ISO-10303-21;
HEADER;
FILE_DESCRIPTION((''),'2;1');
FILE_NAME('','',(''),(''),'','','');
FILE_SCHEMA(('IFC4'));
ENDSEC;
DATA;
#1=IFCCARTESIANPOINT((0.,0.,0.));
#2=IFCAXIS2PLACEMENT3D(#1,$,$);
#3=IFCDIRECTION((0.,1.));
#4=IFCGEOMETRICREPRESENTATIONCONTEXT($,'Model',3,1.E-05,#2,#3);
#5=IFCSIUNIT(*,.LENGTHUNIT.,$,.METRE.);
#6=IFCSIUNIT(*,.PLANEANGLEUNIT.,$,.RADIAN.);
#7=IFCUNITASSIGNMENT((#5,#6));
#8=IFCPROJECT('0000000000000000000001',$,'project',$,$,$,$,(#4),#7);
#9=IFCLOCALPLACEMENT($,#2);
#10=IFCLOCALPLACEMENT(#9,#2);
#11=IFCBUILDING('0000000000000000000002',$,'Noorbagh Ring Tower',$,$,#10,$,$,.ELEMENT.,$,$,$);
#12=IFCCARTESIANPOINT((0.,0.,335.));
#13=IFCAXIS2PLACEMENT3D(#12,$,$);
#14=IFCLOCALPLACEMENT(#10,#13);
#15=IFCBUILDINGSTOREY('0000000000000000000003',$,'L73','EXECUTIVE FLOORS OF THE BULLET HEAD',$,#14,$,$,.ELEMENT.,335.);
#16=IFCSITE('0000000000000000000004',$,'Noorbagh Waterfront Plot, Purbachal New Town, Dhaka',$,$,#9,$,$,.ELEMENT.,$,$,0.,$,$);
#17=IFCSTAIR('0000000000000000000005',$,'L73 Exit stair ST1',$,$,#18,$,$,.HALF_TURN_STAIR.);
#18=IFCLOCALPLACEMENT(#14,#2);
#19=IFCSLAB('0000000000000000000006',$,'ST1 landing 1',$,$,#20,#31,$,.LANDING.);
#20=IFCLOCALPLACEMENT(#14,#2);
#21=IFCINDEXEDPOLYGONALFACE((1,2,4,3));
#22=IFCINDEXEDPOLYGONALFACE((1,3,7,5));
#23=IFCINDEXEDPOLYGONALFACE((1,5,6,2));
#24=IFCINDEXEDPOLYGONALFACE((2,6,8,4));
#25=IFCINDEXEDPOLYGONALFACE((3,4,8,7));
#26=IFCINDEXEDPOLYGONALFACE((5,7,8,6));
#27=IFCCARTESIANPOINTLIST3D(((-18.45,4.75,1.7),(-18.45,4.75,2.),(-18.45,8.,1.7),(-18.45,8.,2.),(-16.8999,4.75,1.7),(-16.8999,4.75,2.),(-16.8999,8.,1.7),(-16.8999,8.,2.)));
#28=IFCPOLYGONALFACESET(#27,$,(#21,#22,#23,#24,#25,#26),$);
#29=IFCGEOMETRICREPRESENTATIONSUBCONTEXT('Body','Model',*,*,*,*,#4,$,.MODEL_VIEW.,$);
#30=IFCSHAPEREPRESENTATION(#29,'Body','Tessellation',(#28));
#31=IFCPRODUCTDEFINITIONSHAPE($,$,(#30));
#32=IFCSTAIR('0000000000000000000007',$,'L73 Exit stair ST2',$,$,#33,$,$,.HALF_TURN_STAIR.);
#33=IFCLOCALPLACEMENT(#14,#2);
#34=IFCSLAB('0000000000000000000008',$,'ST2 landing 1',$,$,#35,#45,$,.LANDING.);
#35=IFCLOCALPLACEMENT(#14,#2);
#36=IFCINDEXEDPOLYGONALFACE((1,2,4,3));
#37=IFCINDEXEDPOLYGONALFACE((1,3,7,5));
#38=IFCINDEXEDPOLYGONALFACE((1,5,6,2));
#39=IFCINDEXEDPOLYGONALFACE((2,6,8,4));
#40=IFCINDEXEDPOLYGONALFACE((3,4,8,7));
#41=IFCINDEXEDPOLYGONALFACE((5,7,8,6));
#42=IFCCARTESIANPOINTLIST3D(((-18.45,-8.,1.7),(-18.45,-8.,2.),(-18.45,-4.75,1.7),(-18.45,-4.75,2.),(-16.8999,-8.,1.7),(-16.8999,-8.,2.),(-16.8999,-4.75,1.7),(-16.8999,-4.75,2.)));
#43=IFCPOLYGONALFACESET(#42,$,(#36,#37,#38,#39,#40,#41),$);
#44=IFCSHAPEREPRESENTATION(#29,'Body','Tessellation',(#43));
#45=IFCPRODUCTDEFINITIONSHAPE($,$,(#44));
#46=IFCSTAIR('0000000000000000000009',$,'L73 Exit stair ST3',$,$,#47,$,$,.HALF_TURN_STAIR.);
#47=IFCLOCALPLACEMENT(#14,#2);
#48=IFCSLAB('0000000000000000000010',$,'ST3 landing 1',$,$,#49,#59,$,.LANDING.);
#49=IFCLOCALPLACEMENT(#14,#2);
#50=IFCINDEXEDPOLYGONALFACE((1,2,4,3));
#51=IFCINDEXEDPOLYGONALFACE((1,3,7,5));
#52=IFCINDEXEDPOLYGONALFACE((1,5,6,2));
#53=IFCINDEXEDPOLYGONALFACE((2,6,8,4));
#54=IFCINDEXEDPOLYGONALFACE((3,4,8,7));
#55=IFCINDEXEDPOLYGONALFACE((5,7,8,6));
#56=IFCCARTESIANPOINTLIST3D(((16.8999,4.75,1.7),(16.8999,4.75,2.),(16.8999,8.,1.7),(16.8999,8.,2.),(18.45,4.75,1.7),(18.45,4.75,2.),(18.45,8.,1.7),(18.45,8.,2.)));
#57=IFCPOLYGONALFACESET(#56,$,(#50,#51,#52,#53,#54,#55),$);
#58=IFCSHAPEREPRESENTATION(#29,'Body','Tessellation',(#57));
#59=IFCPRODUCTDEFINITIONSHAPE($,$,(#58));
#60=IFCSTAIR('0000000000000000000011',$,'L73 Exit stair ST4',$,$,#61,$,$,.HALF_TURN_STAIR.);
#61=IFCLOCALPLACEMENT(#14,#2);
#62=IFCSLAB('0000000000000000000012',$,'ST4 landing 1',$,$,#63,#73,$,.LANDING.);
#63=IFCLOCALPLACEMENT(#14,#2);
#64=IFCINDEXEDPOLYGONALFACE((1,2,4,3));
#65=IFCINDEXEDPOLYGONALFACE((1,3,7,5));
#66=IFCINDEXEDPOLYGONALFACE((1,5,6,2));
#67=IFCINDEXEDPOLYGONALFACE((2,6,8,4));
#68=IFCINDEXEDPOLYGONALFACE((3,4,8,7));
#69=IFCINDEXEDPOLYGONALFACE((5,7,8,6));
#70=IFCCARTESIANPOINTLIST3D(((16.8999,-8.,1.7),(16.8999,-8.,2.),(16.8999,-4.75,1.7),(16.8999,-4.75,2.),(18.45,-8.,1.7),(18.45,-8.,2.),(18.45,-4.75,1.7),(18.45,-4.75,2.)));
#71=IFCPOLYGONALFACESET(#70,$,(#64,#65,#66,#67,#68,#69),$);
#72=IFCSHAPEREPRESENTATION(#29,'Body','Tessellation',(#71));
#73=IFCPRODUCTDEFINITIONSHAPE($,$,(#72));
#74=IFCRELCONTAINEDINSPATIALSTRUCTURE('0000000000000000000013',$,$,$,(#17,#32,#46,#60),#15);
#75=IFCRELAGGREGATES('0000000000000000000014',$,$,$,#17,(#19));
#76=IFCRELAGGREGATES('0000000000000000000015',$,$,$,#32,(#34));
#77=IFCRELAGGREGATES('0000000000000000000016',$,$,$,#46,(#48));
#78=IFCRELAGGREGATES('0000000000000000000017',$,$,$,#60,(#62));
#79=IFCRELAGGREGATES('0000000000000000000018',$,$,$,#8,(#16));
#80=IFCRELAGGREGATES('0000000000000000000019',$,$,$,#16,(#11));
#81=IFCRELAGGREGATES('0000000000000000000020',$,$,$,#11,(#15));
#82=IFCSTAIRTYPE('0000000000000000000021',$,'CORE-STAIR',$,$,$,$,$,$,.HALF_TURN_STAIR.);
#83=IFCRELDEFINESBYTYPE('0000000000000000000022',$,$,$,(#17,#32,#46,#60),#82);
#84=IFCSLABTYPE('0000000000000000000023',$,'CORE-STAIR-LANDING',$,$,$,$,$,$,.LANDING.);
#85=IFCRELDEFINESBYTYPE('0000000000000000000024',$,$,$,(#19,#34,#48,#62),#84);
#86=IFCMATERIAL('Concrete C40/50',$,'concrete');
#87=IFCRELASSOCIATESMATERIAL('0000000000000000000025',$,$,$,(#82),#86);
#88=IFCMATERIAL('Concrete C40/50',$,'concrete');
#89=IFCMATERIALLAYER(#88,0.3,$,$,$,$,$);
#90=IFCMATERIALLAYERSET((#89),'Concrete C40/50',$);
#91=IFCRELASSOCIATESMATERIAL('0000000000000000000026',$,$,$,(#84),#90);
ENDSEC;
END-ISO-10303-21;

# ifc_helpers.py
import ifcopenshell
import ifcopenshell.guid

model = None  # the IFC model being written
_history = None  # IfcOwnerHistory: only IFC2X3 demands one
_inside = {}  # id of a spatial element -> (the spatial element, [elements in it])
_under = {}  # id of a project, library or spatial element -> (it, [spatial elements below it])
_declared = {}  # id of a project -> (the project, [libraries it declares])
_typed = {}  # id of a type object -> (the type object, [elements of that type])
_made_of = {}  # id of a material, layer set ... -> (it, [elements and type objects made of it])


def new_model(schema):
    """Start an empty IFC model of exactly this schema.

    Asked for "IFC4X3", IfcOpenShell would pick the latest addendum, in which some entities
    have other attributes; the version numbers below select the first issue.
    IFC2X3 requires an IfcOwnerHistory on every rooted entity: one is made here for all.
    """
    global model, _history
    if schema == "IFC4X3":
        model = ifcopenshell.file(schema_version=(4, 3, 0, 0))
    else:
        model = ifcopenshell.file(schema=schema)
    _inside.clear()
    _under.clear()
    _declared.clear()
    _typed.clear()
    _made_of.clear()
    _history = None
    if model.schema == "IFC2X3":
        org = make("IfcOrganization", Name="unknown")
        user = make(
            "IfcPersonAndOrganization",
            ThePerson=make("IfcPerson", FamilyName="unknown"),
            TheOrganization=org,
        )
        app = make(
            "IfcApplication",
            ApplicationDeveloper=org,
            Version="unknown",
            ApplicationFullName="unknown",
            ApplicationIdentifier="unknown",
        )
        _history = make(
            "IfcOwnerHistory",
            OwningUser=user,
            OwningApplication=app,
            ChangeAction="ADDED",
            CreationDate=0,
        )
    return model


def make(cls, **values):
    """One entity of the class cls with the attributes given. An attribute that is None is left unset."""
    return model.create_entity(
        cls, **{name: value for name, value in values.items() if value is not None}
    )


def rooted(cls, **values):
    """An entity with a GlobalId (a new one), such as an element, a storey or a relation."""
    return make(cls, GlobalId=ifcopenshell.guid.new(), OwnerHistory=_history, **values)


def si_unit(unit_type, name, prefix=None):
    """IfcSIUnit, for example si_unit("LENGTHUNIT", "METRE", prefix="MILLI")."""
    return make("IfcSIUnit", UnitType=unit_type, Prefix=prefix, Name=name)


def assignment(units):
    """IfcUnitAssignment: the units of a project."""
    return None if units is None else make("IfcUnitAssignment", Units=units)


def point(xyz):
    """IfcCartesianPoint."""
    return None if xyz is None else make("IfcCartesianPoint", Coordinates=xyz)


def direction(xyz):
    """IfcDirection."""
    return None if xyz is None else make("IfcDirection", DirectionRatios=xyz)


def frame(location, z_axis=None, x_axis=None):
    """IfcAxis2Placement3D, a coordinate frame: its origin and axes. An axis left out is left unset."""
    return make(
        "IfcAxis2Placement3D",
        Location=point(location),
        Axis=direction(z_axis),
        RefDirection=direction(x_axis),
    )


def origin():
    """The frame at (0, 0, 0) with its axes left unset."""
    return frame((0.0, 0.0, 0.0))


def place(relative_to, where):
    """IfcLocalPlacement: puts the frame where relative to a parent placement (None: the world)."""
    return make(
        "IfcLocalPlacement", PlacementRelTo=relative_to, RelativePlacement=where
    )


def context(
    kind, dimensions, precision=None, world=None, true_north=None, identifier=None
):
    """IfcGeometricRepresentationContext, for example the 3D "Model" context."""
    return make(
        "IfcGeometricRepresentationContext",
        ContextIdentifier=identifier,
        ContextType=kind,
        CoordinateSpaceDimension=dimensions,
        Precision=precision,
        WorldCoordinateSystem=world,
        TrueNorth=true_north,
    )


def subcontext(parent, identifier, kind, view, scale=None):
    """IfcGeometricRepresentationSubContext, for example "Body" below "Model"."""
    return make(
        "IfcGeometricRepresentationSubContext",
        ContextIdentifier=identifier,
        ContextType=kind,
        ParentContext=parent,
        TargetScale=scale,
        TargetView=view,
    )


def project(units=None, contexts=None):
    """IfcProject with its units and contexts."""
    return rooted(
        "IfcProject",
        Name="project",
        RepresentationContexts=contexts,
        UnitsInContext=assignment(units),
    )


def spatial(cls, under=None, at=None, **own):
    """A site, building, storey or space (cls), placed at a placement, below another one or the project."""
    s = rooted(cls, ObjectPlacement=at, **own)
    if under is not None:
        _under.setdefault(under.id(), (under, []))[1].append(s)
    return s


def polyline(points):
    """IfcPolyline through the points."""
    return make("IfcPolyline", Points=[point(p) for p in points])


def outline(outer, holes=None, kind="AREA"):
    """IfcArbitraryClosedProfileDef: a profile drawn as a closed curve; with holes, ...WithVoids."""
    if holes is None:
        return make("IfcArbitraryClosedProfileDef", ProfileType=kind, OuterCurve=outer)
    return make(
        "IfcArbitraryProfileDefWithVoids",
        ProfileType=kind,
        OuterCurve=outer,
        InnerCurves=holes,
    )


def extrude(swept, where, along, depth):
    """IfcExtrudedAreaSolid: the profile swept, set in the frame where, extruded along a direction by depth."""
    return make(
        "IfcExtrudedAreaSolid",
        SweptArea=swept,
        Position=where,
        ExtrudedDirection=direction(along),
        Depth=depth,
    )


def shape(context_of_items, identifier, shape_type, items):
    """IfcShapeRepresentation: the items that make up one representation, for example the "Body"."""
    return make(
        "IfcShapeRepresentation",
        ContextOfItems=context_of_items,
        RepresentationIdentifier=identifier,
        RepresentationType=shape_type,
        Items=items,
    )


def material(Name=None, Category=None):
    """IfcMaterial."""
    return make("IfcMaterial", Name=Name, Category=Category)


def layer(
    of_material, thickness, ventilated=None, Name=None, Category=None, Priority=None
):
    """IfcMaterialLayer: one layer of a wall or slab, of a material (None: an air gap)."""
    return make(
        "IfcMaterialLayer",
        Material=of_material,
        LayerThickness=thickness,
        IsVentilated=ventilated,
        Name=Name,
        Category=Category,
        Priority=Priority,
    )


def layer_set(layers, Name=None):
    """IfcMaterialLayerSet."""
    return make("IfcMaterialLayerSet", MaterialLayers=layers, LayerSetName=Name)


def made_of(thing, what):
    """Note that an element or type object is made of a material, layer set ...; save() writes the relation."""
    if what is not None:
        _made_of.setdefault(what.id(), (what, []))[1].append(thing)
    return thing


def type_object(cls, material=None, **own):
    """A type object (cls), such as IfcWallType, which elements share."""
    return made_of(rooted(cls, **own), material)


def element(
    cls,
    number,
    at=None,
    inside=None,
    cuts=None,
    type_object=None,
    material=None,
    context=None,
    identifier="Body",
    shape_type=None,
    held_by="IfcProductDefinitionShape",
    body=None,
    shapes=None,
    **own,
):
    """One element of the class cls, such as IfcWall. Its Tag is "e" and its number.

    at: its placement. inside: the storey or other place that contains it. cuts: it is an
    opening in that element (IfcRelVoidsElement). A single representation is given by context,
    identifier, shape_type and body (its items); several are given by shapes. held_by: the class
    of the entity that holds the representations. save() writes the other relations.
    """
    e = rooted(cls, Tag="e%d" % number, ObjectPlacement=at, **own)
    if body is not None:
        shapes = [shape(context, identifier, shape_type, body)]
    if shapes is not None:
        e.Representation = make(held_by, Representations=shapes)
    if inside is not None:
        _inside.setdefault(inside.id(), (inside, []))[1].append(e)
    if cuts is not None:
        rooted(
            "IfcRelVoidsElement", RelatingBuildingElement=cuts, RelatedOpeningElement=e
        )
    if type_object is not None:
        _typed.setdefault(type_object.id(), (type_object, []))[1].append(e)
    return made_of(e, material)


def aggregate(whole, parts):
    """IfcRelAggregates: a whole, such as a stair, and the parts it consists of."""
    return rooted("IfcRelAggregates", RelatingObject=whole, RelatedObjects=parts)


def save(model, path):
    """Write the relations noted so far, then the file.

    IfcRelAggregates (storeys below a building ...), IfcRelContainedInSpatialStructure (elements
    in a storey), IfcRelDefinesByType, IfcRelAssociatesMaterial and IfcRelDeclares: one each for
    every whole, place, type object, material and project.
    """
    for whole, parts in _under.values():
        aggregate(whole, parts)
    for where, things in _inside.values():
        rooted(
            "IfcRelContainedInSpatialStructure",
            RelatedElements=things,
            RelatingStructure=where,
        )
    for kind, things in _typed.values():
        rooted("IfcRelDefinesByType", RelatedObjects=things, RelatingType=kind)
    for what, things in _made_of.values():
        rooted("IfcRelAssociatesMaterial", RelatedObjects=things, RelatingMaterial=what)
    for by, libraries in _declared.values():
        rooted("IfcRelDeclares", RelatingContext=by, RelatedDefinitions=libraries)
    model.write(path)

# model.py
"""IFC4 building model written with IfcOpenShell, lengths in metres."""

from ifc_helpers import new_model, si_unit, direction, frame, origin, place, context, subcontext, project, spatial, polyline, outline, extrude, material, layer, layer_set, type_object, element, aggregate, save


model = new_model("IFC4")

# Units and contexts
model_context = context("Model", 3, precision=1e-05, world=origin(), true_north=direction((0.0, 1.0)))
body_context = subcontext(model_context, "Body", "Model", "MODEL_VIEW")
ifc_project = project(units=[si_unit("LENGTHUNIT", "METRE"), si_unit("PLANEANGLEUNIT", "RADIAN")], contexts=[model_context])

# Site, building, storey
site_placement = place(None, origin())
building_placement = place(site_placement, origin())
storey_placement = place(building_placement, frame((0.0, 0.0, 335.0)))
site = spatial("IfcSite", under=ifc_project, at=site_placement, Name="Noorbagh Waterfront Plot, Purbachal New Town, Dhaka", CompositionType="ELEMENT", RefElevation=0.0)
building = spatial("IfcBuilding", under=site, at=building_placement, Name="Noorbagh Ring Tower", CompositionType="ELEMENT")
storey = spatial("IfcBuildingStorey", under=building, at=storey_placement, Name="L73", Description="EXECUTIVE FLOORS OF THE BULLET HEAD", CompositionType="ELEMENT", Elevation=335.0)

# Stairs, slabs
ifc_material_1 = material(Name="Concrete C40/50", Category="concrete")
stair_type = type_object("IfcStairType", Name="CORE-STAIR", PredefinedType="HALF_TURN_STAIR", material=ifc_material_1)
stair_1_placement = place(storey_placement, origin())
stair_1 = element("IfcStair", 1, at=stair_1_placement, inside=storey, type_object=stair_type, Name="L73 Exit stair ST1", PredefinedType="HALF_TURN_STAIR")
ifc_material_2 = material(Name="Concrete C40/50", Category="concrete")
ifc_layer_1 = layer(ifc_material_2, 0.3)
ifc_layer_set_1 = layer_set([ifc_layer_1], Name="Concrete C40/50")
slab_type_1 = type_object("IfcSlabType", Name="CORE-STAIR-LANDING", PredefinedType="LANDING", material=ifc_layer_set_1)
slab_1_placement = place(storey_placement, frame((0.0, 0.0, 1.7)))
slab_1 = element("IfcSlab", 2, at=slab_1_placement, type_object=slab_type_1, Name="ST1 landing 1", PredefinedType="LANDING", context=body_context, shape_type="SweptSolid", body=[
    extrude(outline(polyline([(-18.45, 4.75), (-16.8999, 4.75), (-16.8999, 8.0), (-18.45, 8.0), (-18.45, 4.75)])), origin(), (0.0, 0.0, 1.0), 0.3),
])
aggregate(stair_1, [slab_1])
stair_2_placement = place(storey_placement, origin())
stair_2 = element("IfcStair", 3, at=stair_2_placement, inside=storey, type_object=stair_type, Name="L73 Exit stair ST2", PredefinedType="HALF_TURN_STAIR")
slab_2_placement = place(storey_placement, frame((0.0, 0.0, 1.7)))
slab_2 = element("IfcSlab", 4, at=slab_2_placement, type_object=slab_type_1, Name="ST2 landing 1", PredefinedType="LANDING", context=body_context, shape_type="SweptSolid", body=[
    extrude(outline(polyline([(-18.45, -8.0), (-16.8999, -8.0), (-16.8999, -4.75), (-18.45, -4.75), (-18.45, -8.0)])), origin(), (0.0, 0.0, 1.0), 0.3),
])
aggregate(stair_2, [slab_2])
stair_3_placement = place(storey_placement, origin())
stair_3 = element("IfcStair", 5, at=stair_3_placement, inside=storey, type_object=stair_type, Name="L73 Exit stair ST3", PredefinedType="HALF_TURN_STAIR")
slab_3_placement = place(storey_placement, frame((0.0, 0.0, 1.7)))
slab_3 = element("IfcSlab", 6, at=slab_3_placement, type_object=slab_type_1, Name="ST3 landing 1", PredefinedType="LANDING", context=body_context, shape_type="SweptSolid", body=[
    extrude(outline(polyline([(18.45, 8.0), (16.8999, 8.0), (16.8999, 4.75), (18.45, 4.75), (18.45, 8.0)])), origin(), (0.0, 0.0, 1.0), 0.3),
])
aggregate(stair_3, [slab_3])
stair_4_placement = place(storey_placement, origin())
stair_4 = element("IfcStair", 7, at=stair_4_placement, inside=storey, type_object=stair_type, Name="L73 Exit stair ST4", PredefinedType="HALF_TURN_STAIR")
slab_4_placement = place(storey_placement, frame((0.0, 0.0, 1.7)))
slab_4 = element("IfcSlab", 8, at=slab_4_placement, type_object=slab_type_1, Name="ST4 landing 1", PredefinedType="LANDING", context=body_context, shape_type="SweptSolid", body=[
    extrude(outline(polyline([(18.45, -4.75), (16.8999, -4.75), (16.8999, -8.0), (18.45, -8.0), (18.45, -4.75)])), origin(), (0.0, 0.0, 1.0), 0.3),
])
aggregate(stair_4, [slab_4])

save(model, "model.ifc")
